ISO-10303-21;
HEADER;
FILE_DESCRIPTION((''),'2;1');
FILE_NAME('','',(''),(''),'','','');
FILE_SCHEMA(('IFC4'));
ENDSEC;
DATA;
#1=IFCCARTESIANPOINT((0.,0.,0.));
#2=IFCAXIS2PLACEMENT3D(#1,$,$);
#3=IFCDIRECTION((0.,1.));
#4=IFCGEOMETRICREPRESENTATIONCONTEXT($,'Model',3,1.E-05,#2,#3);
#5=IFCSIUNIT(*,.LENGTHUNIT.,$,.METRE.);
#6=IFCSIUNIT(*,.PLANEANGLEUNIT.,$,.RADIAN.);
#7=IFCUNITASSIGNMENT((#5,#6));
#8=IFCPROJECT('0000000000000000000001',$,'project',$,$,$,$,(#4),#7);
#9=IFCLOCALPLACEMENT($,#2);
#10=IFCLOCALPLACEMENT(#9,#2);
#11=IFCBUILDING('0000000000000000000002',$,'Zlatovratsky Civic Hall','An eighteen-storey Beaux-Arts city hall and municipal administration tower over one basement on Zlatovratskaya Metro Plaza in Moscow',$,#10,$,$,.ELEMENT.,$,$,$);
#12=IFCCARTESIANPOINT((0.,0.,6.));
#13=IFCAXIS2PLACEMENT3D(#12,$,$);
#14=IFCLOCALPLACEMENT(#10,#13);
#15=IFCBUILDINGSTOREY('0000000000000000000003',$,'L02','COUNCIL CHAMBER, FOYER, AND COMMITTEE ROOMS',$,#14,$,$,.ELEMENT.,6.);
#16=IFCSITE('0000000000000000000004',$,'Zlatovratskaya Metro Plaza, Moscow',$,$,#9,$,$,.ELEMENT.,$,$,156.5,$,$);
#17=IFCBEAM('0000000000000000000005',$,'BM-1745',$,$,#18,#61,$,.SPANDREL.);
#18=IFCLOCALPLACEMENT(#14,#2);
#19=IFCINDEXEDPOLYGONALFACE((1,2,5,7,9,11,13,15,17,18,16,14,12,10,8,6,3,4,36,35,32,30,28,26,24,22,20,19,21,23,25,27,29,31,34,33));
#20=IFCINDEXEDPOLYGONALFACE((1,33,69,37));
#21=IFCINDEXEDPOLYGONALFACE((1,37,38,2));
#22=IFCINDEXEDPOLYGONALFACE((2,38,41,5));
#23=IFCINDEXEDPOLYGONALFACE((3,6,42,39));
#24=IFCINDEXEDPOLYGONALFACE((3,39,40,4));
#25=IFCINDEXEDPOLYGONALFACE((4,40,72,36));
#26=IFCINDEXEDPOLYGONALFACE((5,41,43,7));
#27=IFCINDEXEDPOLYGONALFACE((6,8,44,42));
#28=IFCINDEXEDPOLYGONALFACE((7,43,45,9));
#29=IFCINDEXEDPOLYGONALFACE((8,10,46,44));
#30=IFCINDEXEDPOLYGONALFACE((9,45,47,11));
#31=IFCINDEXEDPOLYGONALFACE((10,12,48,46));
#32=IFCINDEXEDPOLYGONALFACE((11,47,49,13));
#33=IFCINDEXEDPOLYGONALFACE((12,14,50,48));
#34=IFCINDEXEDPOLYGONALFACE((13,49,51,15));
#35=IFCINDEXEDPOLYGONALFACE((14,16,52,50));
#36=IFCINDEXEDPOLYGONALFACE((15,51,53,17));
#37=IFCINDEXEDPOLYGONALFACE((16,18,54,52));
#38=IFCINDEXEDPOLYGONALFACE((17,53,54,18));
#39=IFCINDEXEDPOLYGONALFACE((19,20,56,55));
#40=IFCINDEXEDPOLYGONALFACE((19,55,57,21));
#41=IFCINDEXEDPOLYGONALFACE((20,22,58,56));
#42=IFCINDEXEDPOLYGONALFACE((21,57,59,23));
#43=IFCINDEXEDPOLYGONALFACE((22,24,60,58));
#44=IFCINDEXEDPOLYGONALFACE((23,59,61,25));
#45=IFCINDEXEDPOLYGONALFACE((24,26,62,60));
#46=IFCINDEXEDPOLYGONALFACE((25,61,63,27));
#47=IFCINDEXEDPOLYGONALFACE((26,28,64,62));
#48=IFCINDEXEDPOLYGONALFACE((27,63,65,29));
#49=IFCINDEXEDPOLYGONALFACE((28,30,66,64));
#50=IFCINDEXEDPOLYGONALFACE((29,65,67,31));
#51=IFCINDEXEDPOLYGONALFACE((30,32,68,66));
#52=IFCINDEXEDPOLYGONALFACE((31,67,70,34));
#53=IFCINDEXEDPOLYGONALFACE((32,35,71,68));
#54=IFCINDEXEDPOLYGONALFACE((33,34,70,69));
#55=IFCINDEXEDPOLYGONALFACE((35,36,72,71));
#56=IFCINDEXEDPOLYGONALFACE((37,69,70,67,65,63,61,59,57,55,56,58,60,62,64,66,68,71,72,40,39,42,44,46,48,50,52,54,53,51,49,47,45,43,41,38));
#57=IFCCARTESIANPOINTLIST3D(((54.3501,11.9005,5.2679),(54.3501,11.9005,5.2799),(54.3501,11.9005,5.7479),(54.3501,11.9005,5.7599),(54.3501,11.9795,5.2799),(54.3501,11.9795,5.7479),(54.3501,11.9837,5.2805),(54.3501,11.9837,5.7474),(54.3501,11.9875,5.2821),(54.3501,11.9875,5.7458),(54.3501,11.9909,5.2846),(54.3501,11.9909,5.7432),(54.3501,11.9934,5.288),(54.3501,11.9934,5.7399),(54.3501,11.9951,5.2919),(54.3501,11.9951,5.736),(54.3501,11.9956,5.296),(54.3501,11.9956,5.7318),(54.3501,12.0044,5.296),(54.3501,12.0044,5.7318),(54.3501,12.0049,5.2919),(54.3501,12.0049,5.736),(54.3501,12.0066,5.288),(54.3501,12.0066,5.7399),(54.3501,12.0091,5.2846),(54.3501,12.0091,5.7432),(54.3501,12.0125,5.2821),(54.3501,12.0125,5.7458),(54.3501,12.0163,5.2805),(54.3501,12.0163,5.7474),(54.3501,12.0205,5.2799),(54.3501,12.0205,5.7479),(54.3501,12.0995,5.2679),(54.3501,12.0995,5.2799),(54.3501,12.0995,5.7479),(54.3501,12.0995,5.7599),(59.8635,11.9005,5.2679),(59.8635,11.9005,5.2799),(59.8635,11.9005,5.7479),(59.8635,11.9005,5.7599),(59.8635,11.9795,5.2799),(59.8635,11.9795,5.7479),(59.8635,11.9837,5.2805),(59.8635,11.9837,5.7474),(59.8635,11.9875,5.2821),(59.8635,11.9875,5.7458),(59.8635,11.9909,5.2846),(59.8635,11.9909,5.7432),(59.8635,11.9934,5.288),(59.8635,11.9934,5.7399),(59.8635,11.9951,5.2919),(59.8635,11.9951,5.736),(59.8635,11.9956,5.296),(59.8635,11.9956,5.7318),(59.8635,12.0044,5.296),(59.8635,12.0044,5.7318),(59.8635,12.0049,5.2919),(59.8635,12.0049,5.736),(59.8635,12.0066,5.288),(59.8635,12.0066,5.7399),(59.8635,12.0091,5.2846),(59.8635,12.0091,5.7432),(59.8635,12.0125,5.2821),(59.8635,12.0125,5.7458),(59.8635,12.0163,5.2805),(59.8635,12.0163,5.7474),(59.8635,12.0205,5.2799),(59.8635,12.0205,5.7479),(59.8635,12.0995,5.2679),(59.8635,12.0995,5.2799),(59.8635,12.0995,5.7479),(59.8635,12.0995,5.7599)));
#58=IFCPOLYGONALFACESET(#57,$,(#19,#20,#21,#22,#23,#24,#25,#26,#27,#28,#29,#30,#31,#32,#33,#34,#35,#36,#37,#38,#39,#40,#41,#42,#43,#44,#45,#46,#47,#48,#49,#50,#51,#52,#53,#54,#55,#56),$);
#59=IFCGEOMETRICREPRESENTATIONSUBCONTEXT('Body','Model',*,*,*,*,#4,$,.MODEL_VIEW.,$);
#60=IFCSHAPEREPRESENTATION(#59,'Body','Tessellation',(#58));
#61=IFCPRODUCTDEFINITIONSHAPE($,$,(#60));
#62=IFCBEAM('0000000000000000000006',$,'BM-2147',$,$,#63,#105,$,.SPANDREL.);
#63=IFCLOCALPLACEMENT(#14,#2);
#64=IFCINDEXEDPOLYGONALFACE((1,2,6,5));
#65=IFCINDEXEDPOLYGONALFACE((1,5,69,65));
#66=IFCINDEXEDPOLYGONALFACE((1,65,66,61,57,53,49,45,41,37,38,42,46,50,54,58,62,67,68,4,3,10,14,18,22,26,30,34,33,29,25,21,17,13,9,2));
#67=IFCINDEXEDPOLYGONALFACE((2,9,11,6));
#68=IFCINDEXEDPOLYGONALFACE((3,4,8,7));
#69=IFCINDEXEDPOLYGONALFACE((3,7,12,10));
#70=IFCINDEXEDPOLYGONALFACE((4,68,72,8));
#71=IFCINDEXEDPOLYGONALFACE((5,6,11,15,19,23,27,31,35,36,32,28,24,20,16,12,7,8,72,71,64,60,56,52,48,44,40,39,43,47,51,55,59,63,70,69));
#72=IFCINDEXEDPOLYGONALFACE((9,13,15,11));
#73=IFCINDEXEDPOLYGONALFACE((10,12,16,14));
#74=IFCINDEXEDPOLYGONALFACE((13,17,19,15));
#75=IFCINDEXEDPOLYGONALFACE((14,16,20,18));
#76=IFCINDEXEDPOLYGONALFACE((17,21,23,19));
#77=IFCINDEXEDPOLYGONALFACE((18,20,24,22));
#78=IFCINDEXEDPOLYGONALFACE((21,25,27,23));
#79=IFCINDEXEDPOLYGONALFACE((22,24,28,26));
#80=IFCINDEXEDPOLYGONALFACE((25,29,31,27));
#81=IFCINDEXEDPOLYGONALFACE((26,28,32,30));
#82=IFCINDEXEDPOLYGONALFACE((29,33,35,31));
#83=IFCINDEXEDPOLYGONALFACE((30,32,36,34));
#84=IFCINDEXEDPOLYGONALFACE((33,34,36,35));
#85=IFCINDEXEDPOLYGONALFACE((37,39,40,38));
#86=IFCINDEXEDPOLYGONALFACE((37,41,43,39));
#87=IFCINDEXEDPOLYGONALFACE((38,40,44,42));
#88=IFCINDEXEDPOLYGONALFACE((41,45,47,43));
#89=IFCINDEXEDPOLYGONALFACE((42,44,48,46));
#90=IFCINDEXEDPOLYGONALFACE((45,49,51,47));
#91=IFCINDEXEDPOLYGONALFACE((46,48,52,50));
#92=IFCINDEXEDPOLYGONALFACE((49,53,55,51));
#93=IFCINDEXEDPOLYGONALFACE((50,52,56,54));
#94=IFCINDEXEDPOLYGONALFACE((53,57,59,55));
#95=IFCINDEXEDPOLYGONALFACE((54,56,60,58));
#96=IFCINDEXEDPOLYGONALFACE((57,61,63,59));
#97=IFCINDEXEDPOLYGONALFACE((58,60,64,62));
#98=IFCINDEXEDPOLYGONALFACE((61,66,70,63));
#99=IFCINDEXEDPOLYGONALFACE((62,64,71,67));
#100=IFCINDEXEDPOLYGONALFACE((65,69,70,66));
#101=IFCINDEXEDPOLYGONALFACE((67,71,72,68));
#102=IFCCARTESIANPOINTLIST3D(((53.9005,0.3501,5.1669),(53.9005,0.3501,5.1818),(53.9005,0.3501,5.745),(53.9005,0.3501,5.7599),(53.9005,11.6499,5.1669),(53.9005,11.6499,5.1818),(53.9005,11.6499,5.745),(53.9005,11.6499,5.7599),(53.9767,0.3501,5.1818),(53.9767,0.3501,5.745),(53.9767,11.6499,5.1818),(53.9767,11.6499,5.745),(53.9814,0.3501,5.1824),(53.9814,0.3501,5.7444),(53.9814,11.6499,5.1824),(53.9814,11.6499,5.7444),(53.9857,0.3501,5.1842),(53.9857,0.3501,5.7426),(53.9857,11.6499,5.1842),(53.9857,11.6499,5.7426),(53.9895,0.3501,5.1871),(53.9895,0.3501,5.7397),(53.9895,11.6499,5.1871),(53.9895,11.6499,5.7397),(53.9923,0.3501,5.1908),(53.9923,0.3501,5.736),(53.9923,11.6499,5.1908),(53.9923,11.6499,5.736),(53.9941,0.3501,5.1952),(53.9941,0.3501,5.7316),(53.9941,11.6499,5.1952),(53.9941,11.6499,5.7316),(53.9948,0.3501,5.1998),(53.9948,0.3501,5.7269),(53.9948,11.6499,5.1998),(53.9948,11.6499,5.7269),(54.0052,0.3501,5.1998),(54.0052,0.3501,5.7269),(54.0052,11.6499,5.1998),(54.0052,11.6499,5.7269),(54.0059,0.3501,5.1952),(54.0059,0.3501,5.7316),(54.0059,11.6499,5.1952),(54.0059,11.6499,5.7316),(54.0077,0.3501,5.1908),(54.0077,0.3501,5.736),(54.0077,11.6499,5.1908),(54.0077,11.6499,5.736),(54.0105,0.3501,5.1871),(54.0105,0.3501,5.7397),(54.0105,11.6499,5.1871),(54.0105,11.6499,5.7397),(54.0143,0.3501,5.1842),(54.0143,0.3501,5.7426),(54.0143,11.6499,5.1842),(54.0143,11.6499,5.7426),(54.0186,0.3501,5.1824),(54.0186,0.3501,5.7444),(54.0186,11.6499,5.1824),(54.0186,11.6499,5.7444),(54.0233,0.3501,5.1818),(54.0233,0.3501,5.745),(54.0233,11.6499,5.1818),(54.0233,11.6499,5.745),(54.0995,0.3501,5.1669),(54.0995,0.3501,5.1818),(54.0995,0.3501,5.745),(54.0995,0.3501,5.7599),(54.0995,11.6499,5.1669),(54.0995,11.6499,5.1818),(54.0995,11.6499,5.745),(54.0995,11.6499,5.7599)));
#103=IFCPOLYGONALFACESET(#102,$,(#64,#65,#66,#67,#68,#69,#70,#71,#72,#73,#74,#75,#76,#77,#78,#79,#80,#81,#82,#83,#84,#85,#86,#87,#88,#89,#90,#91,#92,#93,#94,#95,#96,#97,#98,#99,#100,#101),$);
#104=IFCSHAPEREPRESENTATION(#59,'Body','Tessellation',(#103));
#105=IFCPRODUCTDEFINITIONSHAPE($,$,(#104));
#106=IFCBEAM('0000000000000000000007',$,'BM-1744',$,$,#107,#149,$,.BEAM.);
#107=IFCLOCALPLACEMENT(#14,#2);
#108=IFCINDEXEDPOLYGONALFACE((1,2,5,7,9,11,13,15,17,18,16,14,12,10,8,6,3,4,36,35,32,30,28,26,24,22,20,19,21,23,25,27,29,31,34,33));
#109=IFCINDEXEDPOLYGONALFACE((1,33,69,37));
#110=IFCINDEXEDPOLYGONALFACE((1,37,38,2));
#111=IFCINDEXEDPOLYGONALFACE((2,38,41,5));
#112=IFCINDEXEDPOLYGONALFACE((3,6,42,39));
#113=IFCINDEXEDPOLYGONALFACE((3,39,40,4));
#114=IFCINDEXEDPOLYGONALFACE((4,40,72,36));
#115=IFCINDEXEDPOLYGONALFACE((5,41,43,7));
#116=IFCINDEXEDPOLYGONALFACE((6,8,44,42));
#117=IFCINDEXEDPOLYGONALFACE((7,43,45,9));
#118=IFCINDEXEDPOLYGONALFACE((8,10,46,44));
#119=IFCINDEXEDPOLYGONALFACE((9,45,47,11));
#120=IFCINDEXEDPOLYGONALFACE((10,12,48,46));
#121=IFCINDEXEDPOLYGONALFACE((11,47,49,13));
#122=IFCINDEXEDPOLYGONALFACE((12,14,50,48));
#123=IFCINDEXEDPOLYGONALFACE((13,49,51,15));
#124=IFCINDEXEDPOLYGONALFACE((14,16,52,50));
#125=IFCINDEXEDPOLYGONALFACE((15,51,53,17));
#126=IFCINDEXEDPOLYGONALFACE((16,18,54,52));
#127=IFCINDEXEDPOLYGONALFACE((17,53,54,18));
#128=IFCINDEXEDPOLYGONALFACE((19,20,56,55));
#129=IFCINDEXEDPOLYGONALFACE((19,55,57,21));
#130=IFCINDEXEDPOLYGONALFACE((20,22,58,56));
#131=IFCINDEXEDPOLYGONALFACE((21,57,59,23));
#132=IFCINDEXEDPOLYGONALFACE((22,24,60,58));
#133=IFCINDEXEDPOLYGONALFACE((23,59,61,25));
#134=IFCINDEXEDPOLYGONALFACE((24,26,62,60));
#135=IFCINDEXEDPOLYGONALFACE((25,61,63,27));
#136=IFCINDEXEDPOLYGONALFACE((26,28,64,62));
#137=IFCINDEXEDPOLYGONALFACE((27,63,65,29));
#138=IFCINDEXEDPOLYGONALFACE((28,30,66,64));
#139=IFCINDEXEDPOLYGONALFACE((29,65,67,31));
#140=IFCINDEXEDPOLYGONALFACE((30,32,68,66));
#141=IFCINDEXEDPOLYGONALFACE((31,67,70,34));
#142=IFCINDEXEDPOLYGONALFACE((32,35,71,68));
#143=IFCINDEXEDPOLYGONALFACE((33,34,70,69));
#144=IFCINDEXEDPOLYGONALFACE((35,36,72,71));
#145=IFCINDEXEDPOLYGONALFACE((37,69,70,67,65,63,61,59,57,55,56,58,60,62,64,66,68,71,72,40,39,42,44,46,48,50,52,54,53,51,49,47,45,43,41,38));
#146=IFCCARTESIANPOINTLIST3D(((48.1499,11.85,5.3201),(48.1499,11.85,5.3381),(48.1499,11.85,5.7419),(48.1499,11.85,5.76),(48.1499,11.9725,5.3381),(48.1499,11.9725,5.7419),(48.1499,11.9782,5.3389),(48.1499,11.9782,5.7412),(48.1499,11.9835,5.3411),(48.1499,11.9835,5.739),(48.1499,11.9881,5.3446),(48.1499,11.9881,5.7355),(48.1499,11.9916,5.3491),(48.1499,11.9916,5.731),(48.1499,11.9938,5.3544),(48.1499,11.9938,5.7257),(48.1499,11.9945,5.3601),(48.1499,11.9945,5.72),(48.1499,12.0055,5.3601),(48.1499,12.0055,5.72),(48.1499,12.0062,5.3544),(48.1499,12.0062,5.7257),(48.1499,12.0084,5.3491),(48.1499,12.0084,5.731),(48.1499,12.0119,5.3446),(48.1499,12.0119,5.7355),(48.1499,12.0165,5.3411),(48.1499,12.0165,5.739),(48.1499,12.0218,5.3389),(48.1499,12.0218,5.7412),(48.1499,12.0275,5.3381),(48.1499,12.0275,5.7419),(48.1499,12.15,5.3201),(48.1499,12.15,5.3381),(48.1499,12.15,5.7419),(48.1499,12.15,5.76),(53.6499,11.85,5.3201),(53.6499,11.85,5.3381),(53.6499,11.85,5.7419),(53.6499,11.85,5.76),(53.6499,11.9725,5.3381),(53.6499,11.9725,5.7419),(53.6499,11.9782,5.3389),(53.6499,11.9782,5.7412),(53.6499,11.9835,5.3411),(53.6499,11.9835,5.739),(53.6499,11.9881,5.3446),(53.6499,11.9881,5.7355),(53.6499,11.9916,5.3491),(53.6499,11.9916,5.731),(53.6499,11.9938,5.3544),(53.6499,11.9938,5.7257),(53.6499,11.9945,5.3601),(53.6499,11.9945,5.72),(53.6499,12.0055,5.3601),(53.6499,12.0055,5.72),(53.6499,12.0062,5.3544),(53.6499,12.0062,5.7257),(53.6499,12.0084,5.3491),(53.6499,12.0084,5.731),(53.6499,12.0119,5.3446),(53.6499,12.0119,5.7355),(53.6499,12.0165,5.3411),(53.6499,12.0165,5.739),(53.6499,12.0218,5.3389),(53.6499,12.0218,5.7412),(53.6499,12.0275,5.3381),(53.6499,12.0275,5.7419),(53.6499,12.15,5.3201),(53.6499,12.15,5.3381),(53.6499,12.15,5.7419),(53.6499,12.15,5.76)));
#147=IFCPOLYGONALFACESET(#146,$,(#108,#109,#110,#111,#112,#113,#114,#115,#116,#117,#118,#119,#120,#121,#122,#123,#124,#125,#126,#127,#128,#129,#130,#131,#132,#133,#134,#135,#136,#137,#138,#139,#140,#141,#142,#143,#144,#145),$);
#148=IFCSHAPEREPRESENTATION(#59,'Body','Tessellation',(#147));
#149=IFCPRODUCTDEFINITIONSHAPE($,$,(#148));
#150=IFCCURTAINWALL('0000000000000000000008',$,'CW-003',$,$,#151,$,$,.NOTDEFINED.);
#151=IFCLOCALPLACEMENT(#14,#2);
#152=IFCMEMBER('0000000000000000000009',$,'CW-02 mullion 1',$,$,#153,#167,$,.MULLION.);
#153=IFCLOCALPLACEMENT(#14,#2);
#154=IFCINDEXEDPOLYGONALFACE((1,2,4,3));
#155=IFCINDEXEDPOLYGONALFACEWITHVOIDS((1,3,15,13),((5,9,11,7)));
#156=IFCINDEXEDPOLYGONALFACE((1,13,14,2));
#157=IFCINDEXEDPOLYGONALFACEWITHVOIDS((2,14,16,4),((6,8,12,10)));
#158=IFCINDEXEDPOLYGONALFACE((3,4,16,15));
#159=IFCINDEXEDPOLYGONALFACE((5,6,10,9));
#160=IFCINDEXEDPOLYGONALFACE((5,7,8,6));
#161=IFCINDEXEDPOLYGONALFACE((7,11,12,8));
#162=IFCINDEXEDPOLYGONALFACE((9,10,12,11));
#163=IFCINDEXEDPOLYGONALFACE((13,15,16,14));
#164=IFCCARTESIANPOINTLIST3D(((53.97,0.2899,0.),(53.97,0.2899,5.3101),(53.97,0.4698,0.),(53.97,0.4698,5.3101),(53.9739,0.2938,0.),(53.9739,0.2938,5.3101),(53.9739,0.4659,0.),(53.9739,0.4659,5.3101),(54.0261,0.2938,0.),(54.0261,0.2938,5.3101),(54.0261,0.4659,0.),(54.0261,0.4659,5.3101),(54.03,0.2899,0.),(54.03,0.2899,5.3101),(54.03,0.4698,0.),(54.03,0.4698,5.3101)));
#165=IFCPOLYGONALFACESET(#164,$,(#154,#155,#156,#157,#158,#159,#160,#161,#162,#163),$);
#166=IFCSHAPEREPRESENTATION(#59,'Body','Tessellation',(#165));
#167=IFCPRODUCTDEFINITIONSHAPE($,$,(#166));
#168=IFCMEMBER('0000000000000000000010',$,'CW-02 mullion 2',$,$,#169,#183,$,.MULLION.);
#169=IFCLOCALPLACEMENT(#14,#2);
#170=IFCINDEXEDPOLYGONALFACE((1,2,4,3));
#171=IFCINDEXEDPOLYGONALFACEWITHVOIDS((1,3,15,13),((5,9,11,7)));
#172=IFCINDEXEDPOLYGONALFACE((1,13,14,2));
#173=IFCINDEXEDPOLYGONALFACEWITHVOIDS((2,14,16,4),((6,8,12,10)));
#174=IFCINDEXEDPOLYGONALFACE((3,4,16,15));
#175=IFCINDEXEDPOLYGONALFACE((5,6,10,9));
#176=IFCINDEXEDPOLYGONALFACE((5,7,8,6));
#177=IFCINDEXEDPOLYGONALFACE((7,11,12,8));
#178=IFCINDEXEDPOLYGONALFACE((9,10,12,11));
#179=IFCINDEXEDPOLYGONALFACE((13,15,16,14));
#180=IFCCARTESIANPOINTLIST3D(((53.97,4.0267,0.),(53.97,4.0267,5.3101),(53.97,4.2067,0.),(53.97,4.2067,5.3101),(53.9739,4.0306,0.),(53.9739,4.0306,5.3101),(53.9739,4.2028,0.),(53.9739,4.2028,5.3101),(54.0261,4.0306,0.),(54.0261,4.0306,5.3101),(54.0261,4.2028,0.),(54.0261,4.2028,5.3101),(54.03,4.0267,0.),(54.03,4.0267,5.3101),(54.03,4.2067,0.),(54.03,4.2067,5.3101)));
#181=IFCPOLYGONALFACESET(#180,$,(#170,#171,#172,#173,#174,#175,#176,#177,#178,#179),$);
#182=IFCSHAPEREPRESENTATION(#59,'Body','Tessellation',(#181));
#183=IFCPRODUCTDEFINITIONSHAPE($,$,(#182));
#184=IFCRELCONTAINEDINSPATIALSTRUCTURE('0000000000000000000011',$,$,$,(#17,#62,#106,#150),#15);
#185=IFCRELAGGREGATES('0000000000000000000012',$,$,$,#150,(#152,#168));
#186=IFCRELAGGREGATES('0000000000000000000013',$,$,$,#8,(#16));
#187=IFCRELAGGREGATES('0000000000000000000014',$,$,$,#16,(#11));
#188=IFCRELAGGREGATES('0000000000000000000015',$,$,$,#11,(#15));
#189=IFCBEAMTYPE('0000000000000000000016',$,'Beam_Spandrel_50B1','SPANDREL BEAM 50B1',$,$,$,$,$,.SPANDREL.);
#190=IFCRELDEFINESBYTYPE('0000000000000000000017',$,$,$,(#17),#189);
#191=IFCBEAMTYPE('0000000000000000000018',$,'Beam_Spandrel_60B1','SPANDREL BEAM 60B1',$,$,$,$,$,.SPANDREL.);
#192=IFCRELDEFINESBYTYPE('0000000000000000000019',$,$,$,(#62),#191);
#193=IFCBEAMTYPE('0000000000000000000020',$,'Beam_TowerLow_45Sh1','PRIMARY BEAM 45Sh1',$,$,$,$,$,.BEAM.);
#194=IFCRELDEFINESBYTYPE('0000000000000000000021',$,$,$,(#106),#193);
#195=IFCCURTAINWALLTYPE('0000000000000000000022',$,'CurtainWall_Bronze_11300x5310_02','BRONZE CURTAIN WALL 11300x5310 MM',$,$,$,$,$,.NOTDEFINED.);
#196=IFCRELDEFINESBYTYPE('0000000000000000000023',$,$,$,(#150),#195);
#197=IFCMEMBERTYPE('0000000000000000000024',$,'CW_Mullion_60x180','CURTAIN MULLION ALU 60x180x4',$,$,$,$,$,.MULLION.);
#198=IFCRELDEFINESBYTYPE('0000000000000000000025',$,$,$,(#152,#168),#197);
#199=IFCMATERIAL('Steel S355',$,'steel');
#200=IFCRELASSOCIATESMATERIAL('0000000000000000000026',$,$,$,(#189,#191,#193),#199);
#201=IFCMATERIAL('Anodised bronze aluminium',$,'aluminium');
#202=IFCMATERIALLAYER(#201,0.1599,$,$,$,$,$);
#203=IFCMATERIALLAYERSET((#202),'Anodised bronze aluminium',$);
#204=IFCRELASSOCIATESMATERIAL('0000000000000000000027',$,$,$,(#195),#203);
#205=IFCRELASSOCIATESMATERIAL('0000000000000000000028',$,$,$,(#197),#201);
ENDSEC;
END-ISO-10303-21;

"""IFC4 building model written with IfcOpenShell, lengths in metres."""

from ifc_helpers import new_model, si_unit, direction, frame, origin, origin_2d, place, context, subcontext, project, spatial, hollow_rectangle, i_section, extrude, material, layer, layer_set, material_profile, profile_set, type_object, element, aggregate, save


model = new_model("IFC4")

# Units and contexts
model_context = context("Model", 3, precision=1e-05, world=origin(), true_north=direction((0.0, 1.0)))
body_context = subcontext(model_context, "Body", "Model", "MODEL_VIEW")
ifc_project = project(units=[si_unit("LENGTHUNIT", "METRE"), si_unit("PLANEANGLEUNIT", "RADIAN")], contexts=[model_context])

# Site, building, storey
site_placement = place(None, origin())
site = spatial("IfcSite", under=ifc_project, at=site_placement, Name="Zlatovratskaya Metro Plaza, Moscow", CompositionType="ELEMENT", RefElevation=156.5)
building_placement = place(site_placement, origin())
building = spatial("IfcBuilding", under=site, at=building_placement, Name="Zlatovratsky Civic Hall", Description="An eighteen-storey Beaux-Arts city hall and municipal administration tower over one basement on Zlatovratskaya Metro Plaza in Moscow", CompositionType="ELEMENT")
storey_placement = place(building_placement, frame((0.0, 0.0, 6.0)))
storey = spatial("IfcBuildingStorey", under=building, at=storey_placement, Name="L02", Description="COUNCIL CHAMBER, FOYER, AND COMMITTEE ROOMS", CompositionType="ELEMENT", Elevation=6.0)

# Shared definitions
ifc_material_1 = material(Name="Steel S355", Category="steel")

# Beams
ifc_material_profile_1 = material_profile(ifc_material_1, i_section(OverallWidth=0.199, OverallDepth=0.4919, WebThickness=0.0088, FlangeThickness=0.012, FilletRadius=0.0161, at=origin_2d()), Name="50B1")
ifc_profile_set_1 = profile_set([ifc_material_profile_1], Name="Steel S355")
beam_type_1 = type_object("IfcBeamType", Name="Beam_Spandrel_50B1", Description="SPANDREL BEAM 50B1", PredefinedType="SPANDREL", material=ifc_profile_set_1)
beam_1_placement = place(storey_placement, frame((54.3501, 12.0, 5.5139), z_axis=(1.0, 0.0, 0.0), x_axis=(0.0, 1.0, 0.0)))
element("IfcBeam", 1, at=beam_1_placement, inside=storey, type_object=beam_type_1, Name="BM-1745", PredefinedType="SPANDREL", context=body_context, shape_type="SweptSolid", body=[
    extrude(i_section(OverallWidth=0.199, OverallDepth=0.4919, WebThickness=0.0088, FlangeThickness=0.012, FilletRadius=0.0161, at=origin_2d()), origin(), (0.0, 0.0, 1.0), 5.5134),
])
ifc_material_profile_2 = material_profile(ifc_material_1, i_section(OverallWidth=0.199, OverallDepth=0.593, WebThickness=0.0105, FlangeThickness=0.0149, FilletRadius=0.0181, at=origin_2d()), Name="60B1")
ifc_profile_set_2 = profile_set([ifc_material_profile_2], Name="Steel S355")
beam_type_2 = type_object("IfcBeamType", Name="Beam_Spandrel_60B1", Description="SPANDREL BEAM 60B1", PredefinedType="SPANDREL", material=ifc_profile_set_2)
beam_2_placement = place(storey_placement, frame((54.0, 0.3501, 5.4634), z_axis=(0.0, 1.0, 0.0), x_axis=(-1.0, 0.0, 0.0)))
element("IfcBeam", 2, at=beam_2_placement, inside=storey, type_object=beam_type_2, Name="BM-2147", PredefinedType="SPANDREL", context=body_context, shape_type="SweptSolid", body=[
    extrude(i_section(OverallWidth=0.199, OverallDepth=0.593, WebThickness=0.0105, FlangeThickness=0.0149, FilletRadius=0.0181, at=origin_2d()), origin(), (0.0, 0.0, 1.0), 11.2998),
])
ifc_material_profile_3 = material_profile(ifc_material_1, i_section(OverallWidth=0.3, OverallDepth=0.4399, WebThickness=0.011, FlangeThickness=0.0181, FilletRadius=0.022, at=origin_2d()), Name="45Sh1")
ifc_profile_set_3 = profile_set([ifc_material_profile_3], Name="Steel S355")
beam_type_3 = type_object("IfcBeamType", Name="Beam_TowerLow_45Sh1", Description="PRIMARY BEAM 45Sh1", PredefinedType="BEAM", material=ifc_profile_set_3)
beam_3_placement = place(storey_placement, frame((48.1499, 12.0, 5.54), z_axis=(1.0, 0.0, 0.0), x_axis=(0.0, 1.0, 0.0)))
element("IfcBeam", 3, at=beam_3_placement, inside=storey, type_object=beam_type_3, Name="BM-1744", PredefinedType="BEAM", context=body_context, shape_type="SweptSolid", body=[
    extrude(i_section(OverallWidth=0.3, OverallDepth=0.4399, WebThickness=0.011, FlangeThickness=0.0181, FilletRadius=0.022, at=origin_2d()), origin(), (0.0, 0.0, 1.0), 5.5),
])

# Curtain wall, members
ifc_material_2 = material(Name="Anodised bronze aluminium", Category="aluminium")
ifc_layer_1 = layer(ifc_material_2, 0.1599)
ifc_layer_set_1 = layer_set([ifc_layer_1], Name="Anodised bronze aluminium")
curtain_wall_type = type_object("IfcCurtainWallType", Name="CurtainWall_Bronze_11300x5310_02", Description="BRONZE CURTAIN WALL 11300x5310 MM", PredefinedType="NOTDEFINED", material=ifc_layer_set_1)
curtain_wall_placement = place(storey_placement, origin())
curtain_wall = element("IfcCurtainWall", 4, at=curtain_wall_placement, inside=storey, type_object=curtain_wall_type, Name="CW-003", PredefinedType="NOTDEFINED")
ifc_material_profile_4 = material_profile(ifc_material_2, hollow_rectangle(XDim=0.0601, YDim=0.1799, WallThickness=0.0039, at=origin_2d()), Name="ALU 60x180x4")
ifc_profile_set_4 = profile_set([ifc_material_profile_4], Name="Anodised bronze aluminium")
member_type_1 = type_object("IfcMemberType", Name="CW_Mullion_60x180", Description="CURTAIN MULLION ALU 60x180x4", PredefinedType="MULLION", material=ifc_profile_set_4)
member_1_placement = place(storey_placement, frame((54.0, 0.3799, 0.0), z_axis=(0.0, 0.0, 1.0), x_axis=(-1.0, 0.0, 0.0)))
member_1 = element("IfcMember", 5, at=member_1_placement, type_object=member_type_1, Name="CW-02 mullion 1", PredefinedType="MULLION", context=body_context, shape_type="SweptSolid", body=[
    extrude(hollow_rectangle(XDim=0.0601, YDim=0.1799, WallThickness=0.0039, at=origin_2d()), origin(), (0.0, 0.0, 1.0), 5.3101),
])
member_2_placement = place(storey_placement, frame((54.0, 4.1167, 0.0), z_axis=(0.0, 0.0, 1.0), x_axis=(-1.0, 0.0, 0.0)))
member_2 = element("IfcMember", 6, at=member_2_placement, type_object=member_type_1, Name="CW-02 mullion 2", PredefinedType="MULLION", context=body_context, shape_type="SweptSolid", body=[
    extrude(hollow_rectangle(XDim=0.0601, YDim=0.1799, WallThickness=0.0039, at=origin_2d()), origin(), (0.0, 0.0, 1.0), 5.3101),
])

aggregate(curtain_wall, [member_1, member_2])

save(model, "model.ifc")
